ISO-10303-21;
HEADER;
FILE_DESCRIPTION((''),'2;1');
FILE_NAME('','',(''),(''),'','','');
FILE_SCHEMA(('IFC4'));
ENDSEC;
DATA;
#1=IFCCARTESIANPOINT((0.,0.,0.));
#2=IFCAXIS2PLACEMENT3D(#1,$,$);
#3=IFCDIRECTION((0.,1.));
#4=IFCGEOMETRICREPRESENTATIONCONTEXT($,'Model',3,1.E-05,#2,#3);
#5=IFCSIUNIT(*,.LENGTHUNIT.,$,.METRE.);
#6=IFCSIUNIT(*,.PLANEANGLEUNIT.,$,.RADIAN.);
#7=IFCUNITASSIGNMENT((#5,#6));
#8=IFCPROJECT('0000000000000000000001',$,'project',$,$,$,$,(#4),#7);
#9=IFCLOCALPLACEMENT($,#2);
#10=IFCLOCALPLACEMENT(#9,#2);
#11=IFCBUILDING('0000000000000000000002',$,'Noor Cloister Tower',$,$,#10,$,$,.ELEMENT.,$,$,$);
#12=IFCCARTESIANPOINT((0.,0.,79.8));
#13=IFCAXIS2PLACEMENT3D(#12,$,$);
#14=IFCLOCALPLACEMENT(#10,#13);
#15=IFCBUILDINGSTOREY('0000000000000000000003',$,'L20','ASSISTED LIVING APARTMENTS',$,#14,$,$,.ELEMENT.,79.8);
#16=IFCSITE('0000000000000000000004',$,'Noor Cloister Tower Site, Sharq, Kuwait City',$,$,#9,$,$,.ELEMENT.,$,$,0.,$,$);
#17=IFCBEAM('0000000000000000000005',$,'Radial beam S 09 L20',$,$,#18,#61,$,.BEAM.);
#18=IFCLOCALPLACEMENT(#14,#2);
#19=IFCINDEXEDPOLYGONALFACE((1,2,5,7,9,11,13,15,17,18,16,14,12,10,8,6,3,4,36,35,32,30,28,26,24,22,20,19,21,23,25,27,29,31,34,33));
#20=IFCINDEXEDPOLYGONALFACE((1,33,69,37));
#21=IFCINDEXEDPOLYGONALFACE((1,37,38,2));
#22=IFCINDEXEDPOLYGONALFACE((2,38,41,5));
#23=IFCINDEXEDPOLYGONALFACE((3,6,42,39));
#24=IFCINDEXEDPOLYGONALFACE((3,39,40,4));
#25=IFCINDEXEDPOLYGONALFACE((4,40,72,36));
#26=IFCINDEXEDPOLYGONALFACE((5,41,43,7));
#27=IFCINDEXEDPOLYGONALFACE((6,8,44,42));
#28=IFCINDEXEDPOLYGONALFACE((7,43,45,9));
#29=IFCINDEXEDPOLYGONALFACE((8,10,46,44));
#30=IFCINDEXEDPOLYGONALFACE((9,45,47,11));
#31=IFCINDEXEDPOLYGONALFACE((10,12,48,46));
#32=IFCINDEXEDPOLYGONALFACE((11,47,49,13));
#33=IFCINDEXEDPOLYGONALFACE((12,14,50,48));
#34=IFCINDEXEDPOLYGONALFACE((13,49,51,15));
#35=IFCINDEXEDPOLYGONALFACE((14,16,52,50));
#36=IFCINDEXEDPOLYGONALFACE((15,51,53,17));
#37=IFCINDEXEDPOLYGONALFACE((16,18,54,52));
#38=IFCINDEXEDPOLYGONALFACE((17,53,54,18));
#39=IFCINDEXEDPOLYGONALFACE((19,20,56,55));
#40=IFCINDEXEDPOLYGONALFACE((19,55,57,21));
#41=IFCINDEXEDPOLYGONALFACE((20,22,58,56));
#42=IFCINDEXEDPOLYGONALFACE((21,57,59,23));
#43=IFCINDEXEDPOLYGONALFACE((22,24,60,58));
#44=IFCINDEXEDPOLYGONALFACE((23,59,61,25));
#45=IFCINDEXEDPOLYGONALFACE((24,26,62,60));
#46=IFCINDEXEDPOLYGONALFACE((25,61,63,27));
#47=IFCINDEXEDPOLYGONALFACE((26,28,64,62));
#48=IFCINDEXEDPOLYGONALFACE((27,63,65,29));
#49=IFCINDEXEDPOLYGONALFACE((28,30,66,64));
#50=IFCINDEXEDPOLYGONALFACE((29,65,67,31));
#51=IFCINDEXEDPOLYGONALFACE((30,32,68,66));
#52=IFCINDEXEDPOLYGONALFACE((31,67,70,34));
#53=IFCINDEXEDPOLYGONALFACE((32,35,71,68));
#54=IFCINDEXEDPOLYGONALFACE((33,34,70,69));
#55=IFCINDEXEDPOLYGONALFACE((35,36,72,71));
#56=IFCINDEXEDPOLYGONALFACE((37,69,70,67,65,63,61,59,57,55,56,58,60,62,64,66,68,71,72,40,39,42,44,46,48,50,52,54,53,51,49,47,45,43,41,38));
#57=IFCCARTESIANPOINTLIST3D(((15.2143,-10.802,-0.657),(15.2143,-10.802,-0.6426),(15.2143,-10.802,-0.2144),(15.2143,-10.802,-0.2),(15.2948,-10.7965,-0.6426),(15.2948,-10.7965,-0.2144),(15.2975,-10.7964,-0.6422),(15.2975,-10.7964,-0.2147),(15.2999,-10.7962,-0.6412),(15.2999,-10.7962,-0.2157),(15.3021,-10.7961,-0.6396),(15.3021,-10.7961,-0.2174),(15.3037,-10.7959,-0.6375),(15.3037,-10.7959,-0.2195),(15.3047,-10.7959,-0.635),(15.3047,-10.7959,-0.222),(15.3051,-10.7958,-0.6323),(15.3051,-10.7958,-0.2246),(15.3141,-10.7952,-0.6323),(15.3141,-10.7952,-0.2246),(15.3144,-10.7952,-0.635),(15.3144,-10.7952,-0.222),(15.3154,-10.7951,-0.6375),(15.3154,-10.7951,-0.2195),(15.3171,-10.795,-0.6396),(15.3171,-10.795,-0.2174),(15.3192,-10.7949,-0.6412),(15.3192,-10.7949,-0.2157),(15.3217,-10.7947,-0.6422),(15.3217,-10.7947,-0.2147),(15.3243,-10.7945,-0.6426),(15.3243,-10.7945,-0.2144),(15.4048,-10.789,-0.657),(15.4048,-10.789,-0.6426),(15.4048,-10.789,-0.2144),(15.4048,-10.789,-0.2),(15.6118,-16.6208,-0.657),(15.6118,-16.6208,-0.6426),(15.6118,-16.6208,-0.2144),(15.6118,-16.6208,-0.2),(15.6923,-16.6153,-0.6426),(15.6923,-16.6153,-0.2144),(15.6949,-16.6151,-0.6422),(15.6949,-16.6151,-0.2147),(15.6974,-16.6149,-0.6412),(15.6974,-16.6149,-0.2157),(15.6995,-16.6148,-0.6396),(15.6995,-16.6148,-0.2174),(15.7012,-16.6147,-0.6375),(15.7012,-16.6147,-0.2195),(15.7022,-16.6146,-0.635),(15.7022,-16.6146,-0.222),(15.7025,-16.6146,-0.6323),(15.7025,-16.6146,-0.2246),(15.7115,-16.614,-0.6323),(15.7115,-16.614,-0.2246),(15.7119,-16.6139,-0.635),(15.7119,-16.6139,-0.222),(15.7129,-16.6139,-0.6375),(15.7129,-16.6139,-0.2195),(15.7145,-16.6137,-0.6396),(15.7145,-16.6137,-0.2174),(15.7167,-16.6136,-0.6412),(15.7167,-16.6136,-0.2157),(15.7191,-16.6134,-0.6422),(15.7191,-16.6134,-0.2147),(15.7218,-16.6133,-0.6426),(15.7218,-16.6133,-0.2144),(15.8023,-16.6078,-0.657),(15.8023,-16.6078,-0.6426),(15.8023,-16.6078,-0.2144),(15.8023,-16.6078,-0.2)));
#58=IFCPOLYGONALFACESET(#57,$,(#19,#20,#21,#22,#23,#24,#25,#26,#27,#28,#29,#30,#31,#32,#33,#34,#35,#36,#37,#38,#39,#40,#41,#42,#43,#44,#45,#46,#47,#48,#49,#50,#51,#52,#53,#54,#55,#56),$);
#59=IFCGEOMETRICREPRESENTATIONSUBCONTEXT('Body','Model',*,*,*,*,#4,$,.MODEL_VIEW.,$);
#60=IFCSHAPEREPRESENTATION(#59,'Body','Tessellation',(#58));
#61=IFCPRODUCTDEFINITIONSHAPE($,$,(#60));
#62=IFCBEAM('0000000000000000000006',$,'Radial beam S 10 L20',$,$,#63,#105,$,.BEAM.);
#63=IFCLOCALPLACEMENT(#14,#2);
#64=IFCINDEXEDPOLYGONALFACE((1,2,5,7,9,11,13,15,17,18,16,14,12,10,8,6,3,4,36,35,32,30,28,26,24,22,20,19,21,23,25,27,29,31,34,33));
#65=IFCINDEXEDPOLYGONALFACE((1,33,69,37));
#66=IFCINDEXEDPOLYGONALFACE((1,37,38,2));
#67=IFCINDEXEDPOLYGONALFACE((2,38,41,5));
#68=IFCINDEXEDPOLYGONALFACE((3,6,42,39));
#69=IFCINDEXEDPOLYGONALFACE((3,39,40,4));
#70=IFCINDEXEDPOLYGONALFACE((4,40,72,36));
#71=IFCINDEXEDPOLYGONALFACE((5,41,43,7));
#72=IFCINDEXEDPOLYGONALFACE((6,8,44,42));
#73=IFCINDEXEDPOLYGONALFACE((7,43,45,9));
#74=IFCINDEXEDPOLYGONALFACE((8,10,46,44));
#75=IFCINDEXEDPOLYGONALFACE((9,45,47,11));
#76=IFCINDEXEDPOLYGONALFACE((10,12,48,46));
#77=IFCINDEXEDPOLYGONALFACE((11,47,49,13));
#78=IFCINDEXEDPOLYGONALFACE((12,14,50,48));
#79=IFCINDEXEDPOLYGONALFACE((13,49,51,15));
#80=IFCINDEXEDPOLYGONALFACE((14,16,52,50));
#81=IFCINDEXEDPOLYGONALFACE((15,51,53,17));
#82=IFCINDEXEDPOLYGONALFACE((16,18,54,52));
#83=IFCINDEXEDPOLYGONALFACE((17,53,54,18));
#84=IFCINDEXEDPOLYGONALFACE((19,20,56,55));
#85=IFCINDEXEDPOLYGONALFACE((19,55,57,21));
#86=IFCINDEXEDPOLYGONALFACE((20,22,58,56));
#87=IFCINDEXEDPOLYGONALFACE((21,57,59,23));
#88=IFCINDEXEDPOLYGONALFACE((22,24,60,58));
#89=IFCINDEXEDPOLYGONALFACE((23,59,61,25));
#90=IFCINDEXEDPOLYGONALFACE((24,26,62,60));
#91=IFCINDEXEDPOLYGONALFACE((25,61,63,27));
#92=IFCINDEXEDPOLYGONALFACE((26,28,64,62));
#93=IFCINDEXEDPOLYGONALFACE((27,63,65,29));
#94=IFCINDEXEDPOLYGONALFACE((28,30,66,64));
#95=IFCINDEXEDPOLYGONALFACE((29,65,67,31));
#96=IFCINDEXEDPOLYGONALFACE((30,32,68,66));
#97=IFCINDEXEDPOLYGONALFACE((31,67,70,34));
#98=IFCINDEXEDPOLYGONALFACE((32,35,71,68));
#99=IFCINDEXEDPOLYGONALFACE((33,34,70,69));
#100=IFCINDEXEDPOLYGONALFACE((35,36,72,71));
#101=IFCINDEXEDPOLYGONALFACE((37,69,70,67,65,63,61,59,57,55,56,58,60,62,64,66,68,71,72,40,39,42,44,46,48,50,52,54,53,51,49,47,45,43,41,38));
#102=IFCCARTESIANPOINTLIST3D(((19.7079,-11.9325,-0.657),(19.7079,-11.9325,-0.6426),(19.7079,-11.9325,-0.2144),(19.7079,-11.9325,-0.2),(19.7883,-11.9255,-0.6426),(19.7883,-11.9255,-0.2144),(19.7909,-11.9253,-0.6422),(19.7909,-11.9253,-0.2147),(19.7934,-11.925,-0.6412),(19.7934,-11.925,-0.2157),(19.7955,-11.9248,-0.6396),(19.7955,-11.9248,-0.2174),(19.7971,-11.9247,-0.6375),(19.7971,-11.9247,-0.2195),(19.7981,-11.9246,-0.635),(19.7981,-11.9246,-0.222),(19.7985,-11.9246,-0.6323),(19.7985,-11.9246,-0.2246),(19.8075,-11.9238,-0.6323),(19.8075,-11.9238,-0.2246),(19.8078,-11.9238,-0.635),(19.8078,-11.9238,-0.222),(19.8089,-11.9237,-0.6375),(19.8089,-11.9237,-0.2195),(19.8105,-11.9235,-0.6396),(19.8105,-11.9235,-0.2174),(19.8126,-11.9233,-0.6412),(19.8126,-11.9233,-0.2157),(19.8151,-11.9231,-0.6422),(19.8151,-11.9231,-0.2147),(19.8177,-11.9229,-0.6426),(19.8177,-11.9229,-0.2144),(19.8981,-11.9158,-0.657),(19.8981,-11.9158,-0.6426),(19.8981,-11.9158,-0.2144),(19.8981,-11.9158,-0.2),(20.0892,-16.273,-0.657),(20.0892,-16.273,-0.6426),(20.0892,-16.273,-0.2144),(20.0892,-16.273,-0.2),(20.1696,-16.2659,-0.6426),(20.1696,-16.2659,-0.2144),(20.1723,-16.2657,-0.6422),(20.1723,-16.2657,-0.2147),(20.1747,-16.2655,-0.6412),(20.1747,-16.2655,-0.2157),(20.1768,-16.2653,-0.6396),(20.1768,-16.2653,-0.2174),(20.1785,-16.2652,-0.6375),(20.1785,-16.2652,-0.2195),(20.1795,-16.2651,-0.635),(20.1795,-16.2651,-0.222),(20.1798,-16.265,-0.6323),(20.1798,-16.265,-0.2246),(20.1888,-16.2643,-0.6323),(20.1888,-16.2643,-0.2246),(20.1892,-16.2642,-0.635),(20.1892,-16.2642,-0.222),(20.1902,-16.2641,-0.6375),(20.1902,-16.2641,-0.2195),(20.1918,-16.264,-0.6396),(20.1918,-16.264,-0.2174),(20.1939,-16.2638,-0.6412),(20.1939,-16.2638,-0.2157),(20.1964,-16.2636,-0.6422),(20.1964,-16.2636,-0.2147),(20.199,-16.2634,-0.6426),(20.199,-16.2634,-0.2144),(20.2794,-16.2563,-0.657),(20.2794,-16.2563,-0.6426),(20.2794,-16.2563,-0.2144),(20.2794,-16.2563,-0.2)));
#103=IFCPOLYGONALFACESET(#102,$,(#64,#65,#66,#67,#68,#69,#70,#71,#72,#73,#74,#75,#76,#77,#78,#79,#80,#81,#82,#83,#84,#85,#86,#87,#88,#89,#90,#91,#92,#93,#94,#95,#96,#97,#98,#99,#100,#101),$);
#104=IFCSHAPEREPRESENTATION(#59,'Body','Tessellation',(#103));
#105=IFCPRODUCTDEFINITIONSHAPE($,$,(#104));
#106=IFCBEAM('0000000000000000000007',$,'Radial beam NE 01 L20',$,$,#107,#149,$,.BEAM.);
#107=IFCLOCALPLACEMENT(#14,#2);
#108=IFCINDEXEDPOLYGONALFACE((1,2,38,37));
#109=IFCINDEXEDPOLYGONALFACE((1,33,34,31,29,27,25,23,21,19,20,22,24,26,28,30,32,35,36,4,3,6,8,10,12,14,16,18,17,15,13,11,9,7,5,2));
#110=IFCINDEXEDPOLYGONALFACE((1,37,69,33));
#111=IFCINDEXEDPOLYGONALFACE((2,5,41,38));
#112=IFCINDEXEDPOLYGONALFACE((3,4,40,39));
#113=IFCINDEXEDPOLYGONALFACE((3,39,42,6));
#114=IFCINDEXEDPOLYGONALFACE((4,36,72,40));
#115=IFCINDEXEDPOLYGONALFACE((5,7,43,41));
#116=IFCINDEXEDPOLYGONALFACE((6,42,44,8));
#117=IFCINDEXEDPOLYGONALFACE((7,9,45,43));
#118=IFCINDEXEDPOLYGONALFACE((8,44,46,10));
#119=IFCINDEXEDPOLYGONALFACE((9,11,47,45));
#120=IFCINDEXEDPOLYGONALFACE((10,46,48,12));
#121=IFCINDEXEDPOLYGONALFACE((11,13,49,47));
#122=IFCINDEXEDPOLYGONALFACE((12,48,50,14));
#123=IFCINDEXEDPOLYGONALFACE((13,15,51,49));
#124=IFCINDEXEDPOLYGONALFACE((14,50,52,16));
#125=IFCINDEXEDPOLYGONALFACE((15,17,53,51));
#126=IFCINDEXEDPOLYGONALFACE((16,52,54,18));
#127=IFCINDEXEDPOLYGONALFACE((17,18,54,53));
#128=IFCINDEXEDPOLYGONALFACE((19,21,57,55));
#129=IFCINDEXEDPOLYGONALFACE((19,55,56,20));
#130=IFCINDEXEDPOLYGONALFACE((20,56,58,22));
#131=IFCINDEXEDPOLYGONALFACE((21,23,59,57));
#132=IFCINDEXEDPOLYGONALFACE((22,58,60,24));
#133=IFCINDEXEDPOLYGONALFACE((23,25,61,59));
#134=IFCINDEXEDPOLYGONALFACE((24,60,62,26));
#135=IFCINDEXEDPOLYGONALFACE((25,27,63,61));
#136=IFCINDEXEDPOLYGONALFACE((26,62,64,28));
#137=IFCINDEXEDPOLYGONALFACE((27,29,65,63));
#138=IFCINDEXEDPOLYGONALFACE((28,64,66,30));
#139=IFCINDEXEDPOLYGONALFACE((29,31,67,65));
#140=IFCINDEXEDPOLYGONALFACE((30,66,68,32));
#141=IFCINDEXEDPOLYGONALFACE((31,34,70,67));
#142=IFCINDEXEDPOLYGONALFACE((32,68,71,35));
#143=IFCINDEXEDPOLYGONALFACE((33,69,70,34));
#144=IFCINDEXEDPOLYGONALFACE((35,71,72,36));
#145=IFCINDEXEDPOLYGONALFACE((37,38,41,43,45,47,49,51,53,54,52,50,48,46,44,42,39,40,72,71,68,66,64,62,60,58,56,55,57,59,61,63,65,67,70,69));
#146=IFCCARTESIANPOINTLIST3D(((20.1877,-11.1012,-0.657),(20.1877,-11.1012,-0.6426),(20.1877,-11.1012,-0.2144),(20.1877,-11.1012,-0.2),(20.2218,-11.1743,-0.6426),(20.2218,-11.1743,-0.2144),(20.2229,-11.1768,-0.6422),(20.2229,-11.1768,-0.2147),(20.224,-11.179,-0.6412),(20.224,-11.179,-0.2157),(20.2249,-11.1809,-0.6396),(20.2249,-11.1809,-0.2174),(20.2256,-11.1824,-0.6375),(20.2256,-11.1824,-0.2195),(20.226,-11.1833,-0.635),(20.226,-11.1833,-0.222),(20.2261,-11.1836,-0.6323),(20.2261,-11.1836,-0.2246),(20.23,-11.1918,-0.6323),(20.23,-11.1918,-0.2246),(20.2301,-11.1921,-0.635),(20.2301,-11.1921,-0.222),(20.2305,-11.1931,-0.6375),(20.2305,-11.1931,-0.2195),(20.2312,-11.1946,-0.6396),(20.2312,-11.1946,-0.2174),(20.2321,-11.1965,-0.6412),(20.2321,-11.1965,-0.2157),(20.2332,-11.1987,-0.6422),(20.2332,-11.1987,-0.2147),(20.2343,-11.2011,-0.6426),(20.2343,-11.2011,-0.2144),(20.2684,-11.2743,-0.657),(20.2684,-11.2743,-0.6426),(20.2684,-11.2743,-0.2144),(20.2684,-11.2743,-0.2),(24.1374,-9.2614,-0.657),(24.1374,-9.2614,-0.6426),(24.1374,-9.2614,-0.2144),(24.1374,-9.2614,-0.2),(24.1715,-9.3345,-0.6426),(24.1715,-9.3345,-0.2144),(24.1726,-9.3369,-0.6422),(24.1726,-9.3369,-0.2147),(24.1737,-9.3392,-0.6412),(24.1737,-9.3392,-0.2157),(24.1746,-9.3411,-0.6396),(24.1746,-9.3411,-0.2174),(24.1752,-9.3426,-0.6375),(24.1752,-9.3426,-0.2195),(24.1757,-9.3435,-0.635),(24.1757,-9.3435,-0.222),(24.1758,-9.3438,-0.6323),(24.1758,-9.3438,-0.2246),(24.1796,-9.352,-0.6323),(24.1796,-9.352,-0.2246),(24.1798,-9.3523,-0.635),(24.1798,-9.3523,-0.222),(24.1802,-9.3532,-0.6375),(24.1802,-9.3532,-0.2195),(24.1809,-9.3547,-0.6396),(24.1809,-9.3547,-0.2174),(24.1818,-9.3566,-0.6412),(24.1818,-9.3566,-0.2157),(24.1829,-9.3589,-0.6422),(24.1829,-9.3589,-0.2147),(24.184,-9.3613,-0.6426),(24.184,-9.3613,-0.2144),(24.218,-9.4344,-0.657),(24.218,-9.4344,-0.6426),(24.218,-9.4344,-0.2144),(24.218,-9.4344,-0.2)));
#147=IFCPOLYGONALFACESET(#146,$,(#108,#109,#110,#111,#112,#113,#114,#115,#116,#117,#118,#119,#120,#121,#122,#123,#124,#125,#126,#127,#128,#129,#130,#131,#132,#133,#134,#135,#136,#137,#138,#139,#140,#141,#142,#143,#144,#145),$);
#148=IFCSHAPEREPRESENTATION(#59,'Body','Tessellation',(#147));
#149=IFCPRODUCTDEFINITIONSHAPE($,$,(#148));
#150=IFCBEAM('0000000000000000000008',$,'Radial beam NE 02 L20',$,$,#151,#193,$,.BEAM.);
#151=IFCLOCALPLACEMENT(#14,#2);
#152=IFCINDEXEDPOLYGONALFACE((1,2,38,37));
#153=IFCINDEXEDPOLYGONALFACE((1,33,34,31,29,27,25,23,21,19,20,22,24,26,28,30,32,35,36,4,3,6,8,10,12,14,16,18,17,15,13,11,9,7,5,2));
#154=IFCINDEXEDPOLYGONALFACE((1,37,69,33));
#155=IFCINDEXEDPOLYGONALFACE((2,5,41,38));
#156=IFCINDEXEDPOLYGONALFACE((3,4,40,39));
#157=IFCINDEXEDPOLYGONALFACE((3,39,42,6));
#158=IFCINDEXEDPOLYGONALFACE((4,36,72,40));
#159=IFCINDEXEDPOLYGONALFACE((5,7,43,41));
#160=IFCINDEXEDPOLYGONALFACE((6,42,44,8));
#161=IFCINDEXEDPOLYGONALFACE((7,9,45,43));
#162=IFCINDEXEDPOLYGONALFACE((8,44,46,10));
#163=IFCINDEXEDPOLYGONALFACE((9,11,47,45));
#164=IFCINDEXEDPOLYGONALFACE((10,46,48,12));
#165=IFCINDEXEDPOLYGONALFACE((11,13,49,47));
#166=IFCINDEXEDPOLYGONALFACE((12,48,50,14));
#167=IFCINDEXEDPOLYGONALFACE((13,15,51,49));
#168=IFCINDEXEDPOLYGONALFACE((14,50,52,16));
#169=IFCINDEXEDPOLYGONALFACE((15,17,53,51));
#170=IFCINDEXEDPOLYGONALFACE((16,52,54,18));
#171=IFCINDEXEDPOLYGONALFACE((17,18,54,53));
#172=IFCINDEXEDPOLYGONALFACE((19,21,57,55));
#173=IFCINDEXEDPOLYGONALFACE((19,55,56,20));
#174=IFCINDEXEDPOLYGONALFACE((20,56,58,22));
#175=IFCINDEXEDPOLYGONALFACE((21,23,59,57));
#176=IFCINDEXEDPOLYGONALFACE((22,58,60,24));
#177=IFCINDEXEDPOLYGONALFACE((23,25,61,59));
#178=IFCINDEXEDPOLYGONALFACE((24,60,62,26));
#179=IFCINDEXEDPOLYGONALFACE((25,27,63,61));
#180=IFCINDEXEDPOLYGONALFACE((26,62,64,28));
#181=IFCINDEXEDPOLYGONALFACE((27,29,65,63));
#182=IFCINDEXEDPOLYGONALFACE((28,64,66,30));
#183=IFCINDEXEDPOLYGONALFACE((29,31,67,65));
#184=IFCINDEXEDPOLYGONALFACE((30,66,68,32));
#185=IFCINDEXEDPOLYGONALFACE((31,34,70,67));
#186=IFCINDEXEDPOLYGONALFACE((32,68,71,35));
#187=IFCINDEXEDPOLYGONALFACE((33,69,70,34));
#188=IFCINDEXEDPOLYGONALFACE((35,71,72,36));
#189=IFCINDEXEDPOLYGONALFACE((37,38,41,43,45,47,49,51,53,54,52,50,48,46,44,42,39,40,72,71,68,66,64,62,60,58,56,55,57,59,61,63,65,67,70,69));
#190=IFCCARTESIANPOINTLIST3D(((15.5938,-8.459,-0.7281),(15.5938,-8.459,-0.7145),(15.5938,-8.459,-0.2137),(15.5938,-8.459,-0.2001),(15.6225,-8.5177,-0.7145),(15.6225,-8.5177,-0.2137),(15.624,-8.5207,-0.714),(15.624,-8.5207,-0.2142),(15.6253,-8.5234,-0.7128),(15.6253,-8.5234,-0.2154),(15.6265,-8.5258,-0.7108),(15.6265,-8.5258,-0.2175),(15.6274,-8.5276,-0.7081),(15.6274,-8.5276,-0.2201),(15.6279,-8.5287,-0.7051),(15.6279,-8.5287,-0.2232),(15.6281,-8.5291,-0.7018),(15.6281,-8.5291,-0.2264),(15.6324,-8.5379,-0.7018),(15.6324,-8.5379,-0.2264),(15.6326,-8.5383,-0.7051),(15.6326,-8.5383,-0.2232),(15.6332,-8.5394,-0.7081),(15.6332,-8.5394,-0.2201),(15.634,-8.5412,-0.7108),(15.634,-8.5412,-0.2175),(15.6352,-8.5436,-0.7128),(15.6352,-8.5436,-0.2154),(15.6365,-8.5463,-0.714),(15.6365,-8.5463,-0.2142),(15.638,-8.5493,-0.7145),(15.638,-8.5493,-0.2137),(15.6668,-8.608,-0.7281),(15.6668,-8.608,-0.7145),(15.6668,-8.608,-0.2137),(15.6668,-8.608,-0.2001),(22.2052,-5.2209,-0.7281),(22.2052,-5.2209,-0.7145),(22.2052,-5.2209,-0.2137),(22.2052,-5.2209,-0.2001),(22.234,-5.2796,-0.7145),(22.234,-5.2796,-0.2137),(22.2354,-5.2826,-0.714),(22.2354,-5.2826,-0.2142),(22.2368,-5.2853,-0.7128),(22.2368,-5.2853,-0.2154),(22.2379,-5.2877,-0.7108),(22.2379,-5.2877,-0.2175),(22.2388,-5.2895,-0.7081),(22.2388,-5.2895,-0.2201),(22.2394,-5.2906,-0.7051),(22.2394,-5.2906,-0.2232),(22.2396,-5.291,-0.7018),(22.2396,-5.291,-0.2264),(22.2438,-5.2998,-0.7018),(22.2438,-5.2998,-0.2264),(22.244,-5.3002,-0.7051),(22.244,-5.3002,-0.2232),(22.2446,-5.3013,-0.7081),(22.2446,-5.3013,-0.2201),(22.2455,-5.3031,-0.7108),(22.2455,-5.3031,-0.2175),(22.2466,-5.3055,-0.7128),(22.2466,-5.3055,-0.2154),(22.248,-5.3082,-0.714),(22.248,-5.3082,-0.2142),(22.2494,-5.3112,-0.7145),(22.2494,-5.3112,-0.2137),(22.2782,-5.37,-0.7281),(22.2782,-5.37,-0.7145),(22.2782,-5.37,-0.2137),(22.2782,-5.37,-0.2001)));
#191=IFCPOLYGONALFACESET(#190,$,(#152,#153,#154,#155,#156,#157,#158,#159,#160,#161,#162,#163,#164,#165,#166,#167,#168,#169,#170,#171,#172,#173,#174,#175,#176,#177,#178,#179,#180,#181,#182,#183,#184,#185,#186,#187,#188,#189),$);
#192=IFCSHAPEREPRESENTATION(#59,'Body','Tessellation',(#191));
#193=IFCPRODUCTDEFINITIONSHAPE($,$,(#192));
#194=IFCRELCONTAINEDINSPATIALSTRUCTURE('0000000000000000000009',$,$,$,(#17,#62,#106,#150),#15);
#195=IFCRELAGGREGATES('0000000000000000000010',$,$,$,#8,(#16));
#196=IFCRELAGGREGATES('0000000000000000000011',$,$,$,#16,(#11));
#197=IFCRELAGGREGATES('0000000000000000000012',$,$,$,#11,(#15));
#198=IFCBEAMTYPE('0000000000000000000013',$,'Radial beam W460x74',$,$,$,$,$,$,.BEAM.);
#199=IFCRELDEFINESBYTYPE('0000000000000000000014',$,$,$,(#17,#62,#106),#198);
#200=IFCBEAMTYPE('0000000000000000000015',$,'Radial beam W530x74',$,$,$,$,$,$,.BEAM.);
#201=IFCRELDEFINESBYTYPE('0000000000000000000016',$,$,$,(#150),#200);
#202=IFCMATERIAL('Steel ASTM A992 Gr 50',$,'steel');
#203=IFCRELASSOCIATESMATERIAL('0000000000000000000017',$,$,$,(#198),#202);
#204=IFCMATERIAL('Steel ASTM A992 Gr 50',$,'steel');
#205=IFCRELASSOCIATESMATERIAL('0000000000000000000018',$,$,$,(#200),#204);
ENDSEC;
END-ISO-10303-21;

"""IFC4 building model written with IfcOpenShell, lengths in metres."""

from ifc_helpers import new_model, si_unit, direction, frame, origin, origin_2d, place, context, subcontext, project, spatial, i_section, extrude, material, material_profile, profile_set, type_object, element, save


model = new_model("IFC4")

# Units and contexts
model_context = context("Model", 3, precision=1e-05, world=origin(), true_north=direction((0.0, 1.0)))
body_context = subcontext(model_context, "Body", "Model", "MODEL_VIEW")
ifc_project = project(units=[si_unit("LENGTHUNIT", "METRE"), si_unit("PLANEANGLEUNIT", "RADIAN")], contexts=[model_context])

# Site, building, storey
site_placement = place(None, origin())
site = spatial("IfcSite", under=ifc_project, at=site_placement, Name="Noor Cloister Tower Site, Sharq, Kuwait City", CompositionType="ELEMENT", RefElevation=0.0)
building_placement = place(site_placement, origin())
building = spatial("IfcBuilding", under=site, at=building_placement, Name="Noor Cloister Tower", CompositionType="ELEMENT")
storey_placement = place(building_placement, frame((0.0, 0.0, 79.8)))
storey = spatial("IfcBuildingStorey", under=building, at=storey_placement, Name="L20", Description="ASSISTED LIVING APARTMENTS", CompositionType="ELEMENT", Elevation=79.8)

# Beams
ifc_material_1 = material(Name="Steel ASTM A992 Gr 50", Category="steel")
ifc_material_profile_1 = material_profile(ifc_material_1, i_section(OverallWidth=0.1909, OverallDepth=0.457, WebThickness=0.009, FlangeThickness=0.0144, FilletRadius=0.0103, at=origin_2d()), Name="W460x74")
ifc_profile_set_1 = profile_set([ifc_material_profile_1], Name="Steel ASTM A992 Gr 50")
beam_type_1 = type_object("IfcBeamType", Name="Radial beam W460x74", PredefinedType="BEAM", material=ifc_profile_set_1)
beam_1_placement = place(storey_placement, frame((15.707, -16.6143, -0.4285), z_axis=(-0.06815, 0.997675, 0.0), x_axis=(-0.997675, -0.06815, 0.0)))
element("IfcBeam", 1, at=beam_1_placement, inside=storey, type_object=beam_type_1, Name="Radial beam S 09 L20", PredefinedType="BEAM", context=body_context, shape_type="SweptSolid", body=[
    extrude(i_section(OverallWidth=0.1909, OverallDepth=0.457, WebThickness=0.009, FlangeThickness=0.0144, FilletRadius=0.0103, at=origin_2d()), origin(), (0.0, 0.0, 1.0), 5.8323),
])
for number, where, z_axis, x_axis, name in (
    (2, (20.1843, -16.2646, -0.4285), (-0.087519, 0.996163, 0.0), (-0.996163, -0.087519, 0.0), "Radial beam S 10 L20"),
    (3, (24.1777, -9.3479, -0.4285), (-0.906478, -0.422253, 0.0), (0.422253, -0.906478, 0.0), "Radial beam NE 01 L20"),
):
    element("IfcBeam", number, at=place(storey_placement, frame(where, z_axis=z_axis, x_axis=x_axis)), inside=storey, type_object=beam_type_1, Name=name, PredefinedType="BEAM", context=body_context, shape_type="SweptSolid", body=[
        extrude(i_section(OverallWidth=0.1909, OverallDepth=0.457, WebThickness=0.009, FlangeThickness=0.0144, FilletRadius=0.0103, at=origin_2d()), origin(), (0.0, 0.0, 1.0), 4.3572),
    ])
ifc_material_2 = material(Name="Steel ASTM A992 Gr 50", Category="steel")
ifc_material_profile_2 = material_profile(ifc_material_2, i_section(OverallWidth=0.166, OverallDepth=0.5281, WebThickness=0.0098, FlangeThickness=0.0137, FilletRadius=0.0127, at=origin_2d()), Name="W530x74")
ifc_profile_set_2 = profile_set([ifc_material_profile_2], Name="Steel ASTM A992 Gr 50")
beam_type_2 = type_object("IfcBeamType", Name="Radial beam W530x74", PredefinedType="BEAM", material=ifc_profile_set_2)
beam_2_placement = place(storey_placement, frame((22.2417, -5.2954, -0.4641), z_axis=(-0.898072, -0.439849, 0.0), x_axis=(0.439849, -0.898072, 0.0)))
element("IfcBeam", 4, at=beam_2_placement, inside=storey, type_object=beam_type_2, Name="Radial beam NE 02 L20", PredefinedType="BEAM", context=body_context, shape_type="SweptSolid", body=[
    extrude(i_section(OverallWidth=0.166, OverallDepth=0.5281, WebThickness=0.0098, FlangeThickness=0.0137, FilletRadius=0.0127, at=origin_2d()), origin(), (0.0, 0.0, 1.0), 7.3618),
])

save(model, "model.ifc")
